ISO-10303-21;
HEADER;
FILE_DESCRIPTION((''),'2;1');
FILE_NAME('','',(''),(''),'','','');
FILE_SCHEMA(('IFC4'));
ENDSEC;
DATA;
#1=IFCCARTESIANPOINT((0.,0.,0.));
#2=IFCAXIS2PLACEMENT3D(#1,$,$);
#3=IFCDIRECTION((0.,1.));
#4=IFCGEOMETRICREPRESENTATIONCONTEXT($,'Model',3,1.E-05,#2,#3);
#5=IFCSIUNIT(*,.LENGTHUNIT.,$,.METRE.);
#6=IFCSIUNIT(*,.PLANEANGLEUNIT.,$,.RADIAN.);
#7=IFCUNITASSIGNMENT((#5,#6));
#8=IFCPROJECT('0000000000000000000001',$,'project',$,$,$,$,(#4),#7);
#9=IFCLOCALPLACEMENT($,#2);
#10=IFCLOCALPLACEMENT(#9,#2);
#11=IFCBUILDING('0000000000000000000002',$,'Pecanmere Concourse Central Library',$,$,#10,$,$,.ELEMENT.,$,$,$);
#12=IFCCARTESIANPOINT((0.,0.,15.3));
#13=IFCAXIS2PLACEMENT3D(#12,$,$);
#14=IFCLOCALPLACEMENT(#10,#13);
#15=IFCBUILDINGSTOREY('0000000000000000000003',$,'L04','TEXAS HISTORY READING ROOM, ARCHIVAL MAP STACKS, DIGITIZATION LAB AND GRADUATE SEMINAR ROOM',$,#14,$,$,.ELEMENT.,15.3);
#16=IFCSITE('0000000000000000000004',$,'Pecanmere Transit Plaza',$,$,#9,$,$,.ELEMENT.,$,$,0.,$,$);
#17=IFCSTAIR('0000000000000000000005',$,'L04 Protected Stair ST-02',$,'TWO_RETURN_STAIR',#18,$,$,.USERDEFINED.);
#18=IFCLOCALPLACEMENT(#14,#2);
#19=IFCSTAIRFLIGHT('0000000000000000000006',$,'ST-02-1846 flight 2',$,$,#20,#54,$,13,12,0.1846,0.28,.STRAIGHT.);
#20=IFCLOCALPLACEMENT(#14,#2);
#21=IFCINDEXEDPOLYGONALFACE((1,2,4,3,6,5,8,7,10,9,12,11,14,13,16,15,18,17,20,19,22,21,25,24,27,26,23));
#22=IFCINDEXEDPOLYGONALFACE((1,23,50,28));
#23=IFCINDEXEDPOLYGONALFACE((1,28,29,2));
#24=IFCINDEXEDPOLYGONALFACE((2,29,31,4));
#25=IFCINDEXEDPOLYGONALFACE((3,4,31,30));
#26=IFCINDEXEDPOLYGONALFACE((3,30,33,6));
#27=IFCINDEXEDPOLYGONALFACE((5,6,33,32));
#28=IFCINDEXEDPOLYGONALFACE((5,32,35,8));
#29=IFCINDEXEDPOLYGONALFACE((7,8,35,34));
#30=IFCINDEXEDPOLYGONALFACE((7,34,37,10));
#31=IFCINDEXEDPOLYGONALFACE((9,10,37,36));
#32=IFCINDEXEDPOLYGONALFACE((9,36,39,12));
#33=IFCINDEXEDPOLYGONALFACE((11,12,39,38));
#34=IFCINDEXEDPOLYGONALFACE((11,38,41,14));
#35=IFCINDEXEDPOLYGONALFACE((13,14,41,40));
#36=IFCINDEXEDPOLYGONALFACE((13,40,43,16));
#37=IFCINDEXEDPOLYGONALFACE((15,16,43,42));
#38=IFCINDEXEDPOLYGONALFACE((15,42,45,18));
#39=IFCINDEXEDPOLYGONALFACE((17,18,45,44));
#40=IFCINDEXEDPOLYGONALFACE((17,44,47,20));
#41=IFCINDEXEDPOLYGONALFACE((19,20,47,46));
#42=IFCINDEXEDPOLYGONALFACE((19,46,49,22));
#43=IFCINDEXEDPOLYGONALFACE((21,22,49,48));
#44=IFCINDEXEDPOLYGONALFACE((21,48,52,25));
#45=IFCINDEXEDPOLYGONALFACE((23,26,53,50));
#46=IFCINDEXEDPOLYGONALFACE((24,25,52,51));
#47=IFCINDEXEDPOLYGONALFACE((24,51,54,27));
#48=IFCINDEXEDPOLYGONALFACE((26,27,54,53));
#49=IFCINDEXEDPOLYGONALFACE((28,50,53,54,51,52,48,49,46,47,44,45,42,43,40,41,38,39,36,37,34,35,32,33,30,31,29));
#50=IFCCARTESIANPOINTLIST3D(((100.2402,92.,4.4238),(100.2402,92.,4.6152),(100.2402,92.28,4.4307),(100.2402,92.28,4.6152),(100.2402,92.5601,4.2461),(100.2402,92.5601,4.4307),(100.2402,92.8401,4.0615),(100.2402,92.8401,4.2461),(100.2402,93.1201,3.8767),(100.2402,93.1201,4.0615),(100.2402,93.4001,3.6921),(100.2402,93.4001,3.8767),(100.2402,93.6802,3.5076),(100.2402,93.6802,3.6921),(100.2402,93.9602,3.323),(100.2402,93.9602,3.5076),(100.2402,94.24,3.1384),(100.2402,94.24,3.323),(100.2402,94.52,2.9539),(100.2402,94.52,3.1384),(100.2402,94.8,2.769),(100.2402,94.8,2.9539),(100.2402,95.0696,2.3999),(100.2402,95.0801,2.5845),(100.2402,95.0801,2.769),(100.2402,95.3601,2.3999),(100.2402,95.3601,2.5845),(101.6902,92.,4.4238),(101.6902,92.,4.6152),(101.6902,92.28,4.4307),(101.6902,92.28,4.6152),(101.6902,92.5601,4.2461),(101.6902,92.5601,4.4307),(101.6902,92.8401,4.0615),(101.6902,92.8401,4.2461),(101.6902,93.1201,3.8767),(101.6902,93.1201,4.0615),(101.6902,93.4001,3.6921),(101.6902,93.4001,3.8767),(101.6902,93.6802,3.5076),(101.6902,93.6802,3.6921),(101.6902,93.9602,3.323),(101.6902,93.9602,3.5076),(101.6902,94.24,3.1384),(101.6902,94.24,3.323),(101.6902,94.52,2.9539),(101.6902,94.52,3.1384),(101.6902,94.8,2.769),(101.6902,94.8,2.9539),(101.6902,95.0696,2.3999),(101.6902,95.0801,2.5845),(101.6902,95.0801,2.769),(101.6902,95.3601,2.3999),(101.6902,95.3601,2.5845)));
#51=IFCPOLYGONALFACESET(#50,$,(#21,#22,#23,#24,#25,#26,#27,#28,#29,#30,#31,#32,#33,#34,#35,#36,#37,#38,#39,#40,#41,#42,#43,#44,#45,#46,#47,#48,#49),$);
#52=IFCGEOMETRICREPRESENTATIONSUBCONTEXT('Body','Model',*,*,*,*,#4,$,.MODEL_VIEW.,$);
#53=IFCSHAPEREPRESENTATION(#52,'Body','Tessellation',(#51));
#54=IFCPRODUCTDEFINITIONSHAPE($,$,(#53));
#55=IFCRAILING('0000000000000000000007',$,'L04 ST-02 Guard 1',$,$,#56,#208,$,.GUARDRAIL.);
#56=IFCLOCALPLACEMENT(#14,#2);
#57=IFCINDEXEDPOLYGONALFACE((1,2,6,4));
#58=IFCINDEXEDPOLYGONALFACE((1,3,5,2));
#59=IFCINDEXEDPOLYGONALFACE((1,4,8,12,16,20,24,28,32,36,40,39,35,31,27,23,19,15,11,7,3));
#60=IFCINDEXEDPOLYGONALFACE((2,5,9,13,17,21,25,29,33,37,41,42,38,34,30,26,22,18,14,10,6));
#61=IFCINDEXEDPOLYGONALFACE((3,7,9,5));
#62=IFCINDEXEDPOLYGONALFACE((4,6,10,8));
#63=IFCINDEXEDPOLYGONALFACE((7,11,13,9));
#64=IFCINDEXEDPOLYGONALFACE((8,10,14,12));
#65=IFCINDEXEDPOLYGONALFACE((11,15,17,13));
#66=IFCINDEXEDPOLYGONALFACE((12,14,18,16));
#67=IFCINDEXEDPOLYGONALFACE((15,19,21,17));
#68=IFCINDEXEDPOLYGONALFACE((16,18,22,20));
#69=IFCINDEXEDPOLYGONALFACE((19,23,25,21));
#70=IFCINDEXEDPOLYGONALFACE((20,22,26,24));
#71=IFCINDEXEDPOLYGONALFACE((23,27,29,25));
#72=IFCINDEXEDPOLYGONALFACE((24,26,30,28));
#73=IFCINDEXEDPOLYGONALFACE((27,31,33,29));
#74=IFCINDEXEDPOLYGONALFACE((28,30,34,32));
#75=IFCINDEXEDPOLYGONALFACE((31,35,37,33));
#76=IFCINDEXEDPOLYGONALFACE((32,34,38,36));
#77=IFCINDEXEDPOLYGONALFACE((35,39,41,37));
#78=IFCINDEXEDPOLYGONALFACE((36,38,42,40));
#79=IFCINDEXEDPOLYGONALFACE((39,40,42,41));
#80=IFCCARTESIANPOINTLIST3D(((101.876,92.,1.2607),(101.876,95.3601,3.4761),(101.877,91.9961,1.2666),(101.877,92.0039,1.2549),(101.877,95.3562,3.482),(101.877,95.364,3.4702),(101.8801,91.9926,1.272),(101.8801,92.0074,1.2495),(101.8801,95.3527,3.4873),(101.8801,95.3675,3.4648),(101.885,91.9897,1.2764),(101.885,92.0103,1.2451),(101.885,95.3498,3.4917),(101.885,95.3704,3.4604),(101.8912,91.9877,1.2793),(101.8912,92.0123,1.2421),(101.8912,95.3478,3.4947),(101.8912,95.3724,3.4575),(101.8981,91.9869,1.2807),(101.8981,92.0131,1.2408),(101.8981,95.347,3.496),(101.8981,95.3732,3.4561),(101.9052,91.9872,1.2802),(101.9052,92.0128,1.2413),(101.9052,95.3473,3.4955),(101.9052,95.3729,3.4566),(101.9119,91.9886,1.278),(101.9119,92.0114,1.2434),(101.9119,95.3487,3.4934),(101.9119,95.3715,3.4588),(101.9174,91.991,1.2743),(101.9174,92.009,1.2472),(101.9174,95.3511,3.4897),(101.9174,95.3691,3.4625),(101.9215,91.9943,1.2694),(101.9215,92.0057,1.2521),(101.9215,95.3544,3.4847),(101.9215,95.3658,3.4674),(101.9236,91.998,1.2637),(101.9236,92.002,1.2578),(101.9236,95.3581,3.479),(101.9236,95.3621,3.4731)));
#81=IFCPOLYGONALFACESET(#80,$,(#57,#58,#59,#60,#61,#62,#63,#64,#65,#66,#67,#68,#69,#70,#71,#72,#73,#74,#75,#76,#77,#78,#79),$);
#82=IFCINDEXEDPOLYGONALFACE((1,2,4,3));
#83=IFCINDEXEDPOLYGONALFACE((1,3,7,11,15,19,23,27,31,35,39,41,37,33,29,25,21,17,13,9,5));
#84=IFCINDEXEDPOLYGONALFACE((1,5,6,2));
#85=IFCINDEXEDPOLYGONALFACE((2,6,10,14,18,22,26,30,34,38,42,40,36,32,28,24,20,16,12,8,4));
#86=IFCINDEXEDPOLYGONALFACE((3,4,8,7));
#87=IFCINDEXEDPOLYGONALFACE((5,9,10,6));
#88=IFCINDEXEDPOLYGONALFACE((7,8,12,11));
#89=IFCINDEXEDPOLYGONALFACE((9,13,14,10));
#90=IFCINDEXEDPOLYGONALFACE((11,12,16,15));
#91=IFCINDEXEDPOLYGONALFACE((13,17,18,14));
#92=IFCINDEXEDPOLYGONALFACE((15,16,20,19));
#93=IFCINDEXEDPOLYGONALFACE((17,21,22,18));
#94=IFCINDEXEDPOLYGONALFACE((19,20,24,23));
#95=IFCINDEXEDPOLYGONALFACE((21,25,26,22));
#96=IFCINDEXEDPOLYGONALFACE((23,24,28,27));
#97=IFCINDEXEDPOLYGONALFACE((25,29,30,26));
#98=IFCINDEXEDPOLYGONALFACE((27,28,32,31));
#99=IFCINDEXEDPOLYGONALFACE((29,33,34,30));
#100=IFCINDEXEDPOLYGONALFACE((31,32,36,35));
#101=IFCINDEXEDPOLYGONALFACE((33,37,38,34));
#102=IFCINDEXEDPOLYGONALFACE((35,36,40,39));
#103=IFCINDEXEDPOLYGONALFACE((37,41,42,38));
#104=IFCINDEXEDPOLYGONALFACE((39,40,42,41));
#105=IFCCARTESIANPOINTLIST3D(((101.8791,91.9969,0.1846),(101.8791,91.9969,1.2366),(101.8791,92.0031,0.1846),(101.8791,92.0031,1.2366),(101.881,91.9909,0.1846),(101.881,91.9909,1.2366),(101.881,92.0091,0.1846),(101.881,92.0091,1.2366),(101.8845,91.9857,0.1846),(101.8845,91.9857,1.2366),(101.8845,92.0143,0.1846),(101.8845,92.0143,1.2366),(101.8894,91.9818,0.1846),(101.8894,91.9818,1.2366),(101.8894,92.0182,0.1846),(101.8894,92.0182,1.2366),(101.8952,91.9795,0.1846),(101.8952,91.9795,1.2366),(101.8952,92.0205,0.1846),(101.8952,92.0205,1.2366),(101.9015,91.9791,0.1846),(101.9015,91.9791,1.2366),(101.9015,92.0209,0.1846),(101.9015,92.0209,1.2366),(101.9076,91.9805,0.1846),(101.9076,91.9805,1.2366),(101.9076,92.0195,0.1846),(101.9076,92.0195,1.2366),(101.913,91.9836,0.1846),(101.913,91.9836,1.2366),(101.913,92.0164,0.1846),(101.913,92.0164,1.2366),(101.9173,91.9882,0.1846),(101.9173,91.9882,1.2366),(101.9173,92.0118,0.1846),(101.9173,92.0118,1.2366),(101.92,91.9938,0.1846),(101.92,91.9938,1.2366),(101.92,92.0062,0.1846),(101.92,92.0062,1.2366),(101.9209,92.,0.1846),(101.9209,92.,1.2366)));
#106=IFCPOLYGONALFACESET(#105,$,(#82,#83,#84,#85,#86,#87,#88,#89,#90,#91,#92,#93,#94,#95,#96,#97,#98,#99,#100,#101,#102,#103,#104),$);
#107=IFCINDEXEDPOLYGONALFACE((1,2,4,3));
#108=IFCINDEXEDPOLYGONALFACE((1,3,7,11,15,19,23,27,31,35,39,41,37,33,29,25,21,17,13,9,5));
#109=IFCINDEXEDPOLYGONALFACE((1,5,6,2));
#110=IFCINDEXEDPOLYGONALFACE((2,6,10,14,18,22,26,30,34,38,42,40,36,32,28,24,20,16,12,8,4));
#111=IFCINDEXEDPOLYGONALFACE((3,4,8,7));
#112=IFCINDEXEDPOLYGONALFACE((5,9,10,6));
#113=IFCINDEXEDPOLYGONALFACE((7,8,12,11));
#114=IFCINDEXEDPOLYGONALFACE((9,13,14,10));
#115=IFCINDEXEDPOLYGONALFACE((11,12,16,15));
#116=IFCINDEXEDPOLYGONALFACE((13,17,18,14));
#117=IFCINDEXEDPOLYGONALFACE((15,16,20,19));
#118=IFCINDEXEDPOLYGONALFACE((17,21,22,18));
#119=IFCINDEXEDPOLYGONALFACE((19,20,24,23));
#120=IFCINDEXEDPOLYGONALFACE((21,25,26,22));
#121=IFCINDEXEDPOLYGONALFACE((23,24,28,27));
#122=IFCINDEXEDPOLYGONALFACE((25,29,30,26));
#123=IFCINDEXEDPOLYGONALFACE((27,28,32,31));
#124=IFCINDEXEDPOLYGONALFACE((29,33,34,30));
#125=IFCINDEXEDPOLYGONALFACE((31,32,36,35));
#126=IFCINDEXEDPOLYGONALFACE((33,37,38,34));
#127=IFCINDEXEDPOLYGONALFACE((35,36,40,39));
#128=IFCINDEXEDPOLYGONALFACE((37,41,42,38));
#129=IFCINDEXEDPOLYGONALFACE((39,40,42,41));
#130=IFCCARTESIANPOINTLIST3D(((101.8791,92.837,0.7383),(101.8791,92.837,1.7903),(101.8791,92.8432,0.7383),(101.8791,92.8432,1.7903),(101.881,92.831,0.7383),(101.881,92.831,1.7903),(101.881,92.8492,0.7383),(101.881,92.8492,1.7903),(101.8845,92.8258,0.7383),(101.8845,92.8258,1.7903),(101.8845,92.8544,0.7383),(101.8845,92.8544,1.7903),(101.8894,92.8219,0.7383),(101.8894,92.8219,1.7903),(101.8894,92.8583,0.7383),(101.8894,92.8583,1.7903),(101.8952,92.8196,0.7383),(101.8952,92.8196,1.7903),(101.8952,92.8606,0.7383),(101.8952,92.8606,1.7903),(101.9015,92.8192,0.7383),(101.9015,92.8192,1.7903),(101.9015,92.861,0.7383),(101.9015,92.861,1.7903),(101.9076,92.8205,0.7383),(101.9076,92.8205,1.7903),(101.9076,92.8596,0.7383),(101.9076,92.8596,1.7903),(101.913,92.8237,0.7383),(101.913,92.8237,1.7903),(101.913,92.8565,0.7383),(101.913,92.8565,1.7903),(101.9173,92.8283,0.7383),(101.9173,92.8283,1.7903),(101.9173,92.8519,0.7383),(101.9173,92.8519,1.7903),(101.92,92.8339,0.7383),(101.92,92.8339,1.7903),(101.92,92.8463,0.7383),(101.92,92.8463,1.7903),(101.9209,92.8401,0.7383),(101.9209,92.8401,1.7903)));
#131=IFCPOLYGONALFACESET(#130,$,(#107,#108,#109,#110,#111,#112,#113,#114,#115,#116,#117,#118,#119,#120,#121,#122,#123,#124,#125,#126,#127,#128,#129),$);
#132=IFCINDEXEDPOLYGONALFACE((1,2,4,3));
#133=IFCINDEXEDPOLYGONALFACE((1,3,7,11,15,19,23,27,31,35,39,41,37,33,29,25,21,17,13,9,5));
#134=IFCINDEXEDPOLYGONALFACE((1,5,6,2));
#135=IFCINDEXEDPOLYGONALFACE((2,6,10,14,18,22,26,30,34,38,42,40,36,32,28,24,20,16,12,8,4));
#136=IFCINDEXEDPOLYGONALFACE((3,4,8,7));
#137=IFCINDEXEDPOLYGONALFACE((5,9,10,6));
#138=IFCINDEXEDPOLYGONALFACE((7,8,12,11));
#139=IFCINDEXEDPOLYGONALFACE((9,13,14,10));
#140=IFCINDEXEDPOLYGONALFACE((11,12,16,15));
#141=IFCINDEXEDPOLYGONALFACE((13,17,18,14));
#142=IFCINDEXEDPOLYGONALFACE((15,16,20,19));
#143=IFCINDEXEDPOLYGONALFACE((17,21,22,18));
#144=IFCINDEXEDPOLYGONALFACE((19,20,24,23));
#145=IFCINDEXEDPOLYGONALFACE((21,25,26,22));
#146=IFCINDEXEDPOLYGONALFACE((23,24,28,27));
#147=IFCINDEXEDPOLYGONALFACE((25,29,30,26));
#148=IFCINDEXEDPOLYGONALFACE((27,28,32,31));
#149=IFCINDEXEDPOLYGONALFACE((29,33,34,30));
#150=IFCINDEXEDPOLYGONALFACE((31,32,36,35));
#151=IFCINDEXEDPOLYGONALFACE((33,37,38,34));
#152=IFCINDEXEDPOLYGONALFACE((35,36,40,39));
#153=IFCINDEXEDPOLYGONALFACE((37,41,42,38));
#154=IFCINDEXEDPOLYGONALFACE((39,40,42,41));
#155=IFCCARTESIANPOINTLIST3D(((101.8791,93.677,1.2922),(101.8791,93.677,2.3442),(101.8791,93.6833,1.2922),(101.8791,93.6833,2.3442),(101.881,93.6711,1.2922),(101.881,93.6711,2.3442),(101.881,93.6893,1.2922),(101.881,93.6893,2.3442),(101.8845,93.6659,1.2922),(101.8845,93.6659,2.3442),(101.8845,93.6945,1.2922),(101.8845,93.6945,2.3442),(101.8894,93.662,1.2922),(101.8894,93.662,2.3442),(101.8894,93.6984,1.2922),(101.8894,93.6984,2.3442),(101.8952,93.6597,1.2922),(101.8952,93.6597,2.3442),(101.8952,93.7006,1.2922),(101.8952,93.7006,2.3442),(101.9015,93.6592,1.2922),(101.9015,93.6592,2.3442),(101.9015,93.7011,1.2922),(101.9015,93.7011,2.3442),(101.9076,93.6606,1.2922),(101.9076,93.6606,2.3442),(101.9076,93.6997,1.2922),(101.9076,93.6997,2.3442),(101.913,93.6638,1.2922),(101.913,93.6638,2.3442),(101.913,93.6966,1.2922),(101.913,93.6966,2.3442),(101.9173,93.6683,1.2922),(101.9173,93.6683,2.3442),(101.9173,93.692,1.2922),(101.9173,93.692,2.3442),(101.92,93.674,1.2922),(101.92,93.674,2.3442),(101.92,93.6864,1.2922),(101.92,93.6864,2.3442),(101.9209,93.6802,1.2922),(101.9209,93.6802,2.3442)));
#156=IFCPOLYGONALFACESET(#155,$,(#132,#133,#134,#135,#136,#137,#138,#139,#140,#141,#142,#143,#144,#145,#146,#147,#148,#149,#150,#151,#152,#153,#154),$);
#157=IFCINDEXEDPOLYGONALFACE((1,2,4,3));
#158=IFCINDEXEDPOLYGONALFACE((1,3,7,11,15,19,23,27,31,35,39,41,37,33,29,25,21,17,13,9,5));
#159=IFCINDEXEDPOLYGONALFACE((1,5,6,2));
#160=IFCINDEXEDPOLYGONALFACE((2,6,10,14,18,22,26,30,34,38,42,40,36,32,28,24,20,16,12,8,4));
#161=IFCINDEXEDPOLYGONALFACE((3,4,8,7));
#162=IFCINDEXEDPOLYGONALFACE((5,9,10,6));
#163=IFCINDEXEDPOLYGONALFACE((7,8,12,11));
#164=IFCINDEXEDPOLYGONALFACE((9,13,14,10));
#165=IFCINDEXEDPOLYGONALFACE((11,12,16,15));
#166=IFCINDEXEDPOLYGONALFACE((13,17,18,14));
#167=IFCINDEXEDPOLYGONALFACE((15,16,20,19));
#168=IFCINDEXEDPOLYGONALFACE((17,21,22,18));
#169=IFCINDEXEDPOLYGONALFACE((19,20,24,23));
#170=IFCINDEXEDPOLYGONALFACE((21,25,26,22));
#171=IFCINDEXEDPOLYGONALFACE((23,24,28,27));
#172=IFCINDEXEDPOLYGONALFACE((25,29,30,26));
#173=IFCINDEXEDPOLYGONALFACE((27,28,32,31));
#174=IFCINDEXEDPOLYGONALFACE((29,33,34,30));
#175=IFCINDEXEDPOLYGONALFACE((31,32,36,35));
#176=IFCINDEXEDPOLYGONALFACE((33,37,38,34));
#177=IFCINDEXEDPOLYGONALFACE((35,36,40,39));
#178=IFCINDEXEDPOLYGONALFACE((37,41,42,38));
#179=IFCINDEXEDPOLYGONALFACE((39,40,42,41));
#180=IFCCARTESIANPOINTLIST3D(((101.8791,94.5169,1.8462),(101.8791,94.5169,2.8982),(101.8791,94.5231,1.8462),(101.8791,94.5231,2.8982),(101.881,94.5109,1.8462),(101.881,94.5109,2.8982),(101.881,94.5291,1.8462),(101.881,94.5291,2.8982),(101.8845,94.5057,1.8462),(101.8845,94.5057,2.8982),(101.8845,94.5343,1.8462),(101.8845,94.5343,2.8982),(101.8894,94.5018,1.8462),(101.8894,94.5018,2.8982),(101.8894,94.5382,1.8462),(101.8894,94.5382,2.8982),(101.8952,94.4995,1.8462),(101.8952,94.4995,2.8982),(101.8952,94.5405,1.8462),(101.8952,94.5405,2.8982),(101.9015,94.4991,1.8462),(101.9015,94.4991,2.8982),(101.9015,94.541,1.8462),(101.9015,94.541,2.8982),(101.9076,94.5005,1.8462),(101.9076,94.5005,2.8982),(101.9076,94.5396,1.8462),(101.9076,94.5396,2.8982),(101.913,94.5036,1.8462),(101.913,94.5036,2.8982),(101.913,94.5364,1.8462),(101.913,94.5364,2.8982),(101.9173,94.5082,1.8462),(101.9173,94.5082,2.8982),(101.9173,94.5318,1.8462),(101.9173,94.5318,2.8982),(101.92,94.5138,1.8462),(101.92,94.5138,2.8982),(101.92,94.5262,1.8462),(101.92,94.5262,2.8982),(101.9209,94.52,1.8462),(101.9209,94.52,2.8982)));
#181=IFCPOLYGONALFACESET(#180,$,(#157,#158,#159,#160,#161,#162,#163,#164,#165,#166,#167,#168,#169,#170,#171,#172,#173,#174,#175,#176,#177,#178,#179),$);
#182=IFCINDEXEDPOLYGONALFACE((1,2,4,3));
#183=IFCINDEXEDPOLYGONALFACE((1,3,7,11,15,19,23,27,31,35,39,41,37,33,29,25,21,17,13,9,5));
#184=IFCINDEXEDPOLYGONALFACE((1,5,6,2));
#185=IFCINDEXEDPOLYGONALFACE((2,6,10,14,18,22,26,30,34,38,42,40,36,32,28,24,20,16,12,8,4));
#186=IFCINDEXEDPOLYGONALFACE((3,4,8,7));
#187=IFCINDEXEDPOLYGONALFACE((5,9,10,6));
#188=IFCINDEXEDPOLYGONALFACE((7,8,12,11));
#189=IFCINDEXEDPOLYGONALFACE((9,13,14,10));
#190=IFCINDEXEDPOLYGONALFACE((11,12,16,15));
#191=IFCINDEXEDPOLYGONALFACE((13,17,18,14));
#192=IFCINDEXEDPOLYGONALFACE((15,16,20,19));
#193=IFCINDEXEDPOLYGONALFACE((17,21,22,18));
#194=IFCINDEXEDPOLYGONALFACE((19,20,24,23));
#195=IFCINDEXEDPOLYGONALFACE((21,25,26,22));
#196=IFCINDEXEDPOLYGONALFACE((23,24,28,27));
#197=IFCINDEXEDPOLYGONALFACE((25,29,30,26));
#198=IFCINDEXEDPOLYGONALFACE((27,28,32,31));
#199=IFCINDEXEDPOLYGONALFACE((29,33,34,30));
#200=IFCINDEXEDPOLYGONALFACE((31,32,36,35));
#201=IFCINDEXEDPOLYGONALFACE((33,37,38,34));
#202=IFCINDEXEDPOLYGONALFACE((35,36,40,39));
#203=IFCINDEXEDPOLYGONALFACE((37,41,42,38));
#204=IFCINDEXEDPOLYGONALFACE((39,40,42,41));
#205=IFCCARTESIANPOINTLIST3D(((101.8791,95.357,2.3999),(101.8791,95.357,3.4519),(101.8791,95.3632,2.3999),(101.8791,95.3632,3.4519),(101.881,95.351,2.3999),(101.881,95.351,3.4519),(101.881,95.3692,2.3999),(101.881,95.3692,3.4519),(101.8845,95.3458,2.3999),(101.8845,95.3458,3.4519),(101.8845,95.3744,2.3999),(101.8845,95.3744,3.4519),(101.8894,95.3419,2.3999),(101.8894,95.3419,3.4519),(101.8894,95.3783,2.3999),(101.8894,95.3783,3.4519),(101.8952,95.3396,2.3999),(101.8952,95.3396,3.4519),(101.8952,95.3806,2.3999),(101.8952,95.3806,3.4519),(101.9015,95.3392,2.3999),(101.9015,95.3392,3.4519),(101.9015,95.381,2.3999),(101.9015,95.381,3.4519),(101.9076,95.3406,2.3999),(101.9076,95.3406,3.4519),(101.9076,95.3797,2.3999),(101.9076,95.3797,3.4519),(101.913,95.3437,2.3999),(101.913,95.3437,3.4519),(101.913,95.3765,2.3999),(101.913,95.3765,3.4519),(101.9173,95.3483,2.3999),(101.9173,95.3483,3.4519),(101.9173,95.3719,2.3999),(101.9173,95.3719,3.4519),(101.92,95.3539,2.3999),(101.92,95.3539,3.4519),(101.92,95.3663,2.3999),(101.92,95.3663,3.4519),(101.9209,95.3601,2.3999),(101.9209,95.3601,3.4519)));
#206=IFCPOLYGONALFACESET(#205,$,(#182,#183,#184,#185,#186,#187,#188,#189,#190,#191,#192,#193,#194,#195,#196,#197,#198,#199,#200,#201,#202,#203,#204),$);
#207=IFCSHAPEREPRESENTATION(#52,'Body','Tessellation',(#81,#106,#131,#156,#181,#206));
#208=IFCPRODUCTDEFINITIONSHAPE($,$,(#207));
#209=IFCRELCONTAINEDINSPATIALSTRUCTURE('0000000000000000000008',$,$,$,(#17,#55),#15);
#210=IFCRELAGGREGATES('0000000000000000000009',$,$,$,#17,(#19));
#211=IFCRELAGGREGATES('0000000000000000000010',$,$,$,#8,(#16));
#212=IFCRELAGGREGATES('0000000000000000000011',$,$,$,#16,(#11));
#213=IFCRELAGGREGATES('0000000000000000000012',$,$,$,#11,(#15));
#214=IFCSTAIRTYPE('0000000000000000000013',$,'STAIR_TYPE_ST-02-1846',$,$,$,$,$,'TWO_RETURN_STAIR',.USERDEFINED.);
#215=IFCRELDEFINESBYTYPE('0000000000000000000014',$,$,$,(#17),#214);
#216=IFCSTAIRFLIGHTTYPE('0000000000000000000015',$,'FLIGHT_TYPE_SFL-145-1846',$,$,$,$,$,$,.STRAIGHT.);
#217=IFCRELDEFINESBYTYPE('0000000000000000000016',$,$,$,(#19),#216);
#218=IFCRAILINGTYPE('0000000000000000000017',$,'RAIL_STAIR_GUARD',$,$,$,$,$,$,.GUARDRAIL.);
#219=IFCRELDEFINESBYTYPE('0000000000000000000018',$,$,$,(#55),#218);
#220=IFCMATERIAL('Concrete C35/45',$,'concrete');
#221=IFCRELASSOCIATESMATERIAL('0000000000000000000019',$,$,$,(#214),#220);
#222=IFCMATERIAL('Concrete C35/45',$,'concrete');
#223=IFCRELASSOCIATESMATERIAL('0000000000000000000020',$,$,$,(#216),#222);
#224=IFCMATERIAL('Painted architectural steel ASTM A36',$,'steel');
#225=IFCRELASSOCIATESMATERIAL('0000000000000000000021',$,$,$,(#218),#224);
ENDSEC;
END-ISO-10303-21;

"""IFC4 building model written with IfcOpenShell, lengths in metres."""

from ifc_helpers import new_model, si_unit, direction, frame, origin, origin_2d, place, context, subcontext, project, spatial, polyline, circle, outline, extrude, material, type_object, element, aggregate, save


model = new_model("IFC4")

# Units and contexts
model_context = context("Model", 3, precision=1e-05, world=origin(), true_north=direction((0.0, 1.0)))
body_context = subcontext(model_context, "Body", "Model", "MODEL_VIEW")
ifc_project = project(units=[si_unit("LENGTHUNIT", "METRE"), si_unit("PLANEANGLEUNIT", "RADIAN")], contexts=[model_context])

# Site, building, storey
site_placement = place(None, origin())
site = spatial("IfcSite", under=ifc_project, at=site_placement, Name="Pecanmere Transit Plaza", CompositionType="ELEMENT", RefElevation=0.0)
building_placement = place(site_placement, origin())
building = spatial("IfcBuilding", under=site, at=building_placement, Name="Pecanmere Concourse Central Library", CompositionType="ELEMENT")
storey_placement = place(building_placement, frame((0.0, 0.0, 15.3)))
storey = spatial("IfcBuildingStorey", under=building, at=storey_placement, Name="L04", Description="TEXAS HISTORY READING ROOM, ARCHIVAL MAP STACKS, DIGITIZATION LAB AND GRADUATE SEMINAR ROOM", CompositionType="ELEMENT", Elevation=15.3)

# Stair, stair flight
ifc_material_1 = material(Name="Concrete C35/45", Category="concrete")
stair_type = type_object("IfcStairType", Name="STAIR_TYPE_ST-02-1846", ElementType="TWO_RETURN_STAIR", PredefinedType="USERDEFINED", material=ifc_material_1)
stair_placement = place(storey_placement, origin())
stair = element("IfcStair", 1, at=stair_placement, inside=storey, type_object=stair_type, Name="L04 Protected Stair ST-02", ObjectType="TWO_RETURN_STAIR", PredefinedType="USERDEFINED")
ifc_material_2 = material(Name="Concrete C35/45", Category="concrete")
stair_flight_type = type_object("IfcStairFlightType", Name="FLIGHT_TYPE_SFL-145-1846", PredefinedType="STRAIGHT", material=ifc_material_2)
stair_flight_1_placement = place(storey_placement, frame((100.9651, 95.3601, 2.3999), z_axis=(0.0, 0.0, 1.0), x_axis=(0.0, -1.0, 0.0)))
stair_flight_1 = element("IfcStairFlight", 2, at=stair_flight_1_placement, type_object=stair_flight_type, Name="ST-02-1846 flight 2", NumberOfRisers=13, NumberOfTreads=12, PredefinedType="STRAIGHT", RiserHeight=0.1846, TreadLength=0.28, context=body_context, shape_type="SweptSolid", body=[
    extrude(outline(polyline([(0.0, 0.0), (0.0, 0.1846), (0.28, 0.1846), (0.28, 0.3691), (0.5601, 0.3691), (0.5601, 0.554), (0.8401, 0.554), (0.8401, 0.7385), (1.1201, 0.7385), (1.1201, 0.9231), (1.3999, 0.9231), (1.3999, 1.1077), (1.6799, 1.1077), (1.6799, 1.2922), (1.96, 1.2922), (1.96, 1.4768), (2.24, 1.4768), (2.24, 1.6616), (2.52, 1.6616), (2.52, 1.8462), (2.8, 1.8462), (2.8, 2.0308), (3.0801, 2.0308), (3.0801, 2.2153), (3.3601, 2.2153), (3.3601, 2.3999), (3.3601, 2.0239), (0.2905, 0.0), (0.0, 0.0)])), frame((0.0, 0.7251, 0.0), z_axis=(0.0, -1.0, 0.0), x_axis=(1.0, 0.0, 0.0)), (0.0, 0.0, 1.0), 1.45),
])
aggregate(stair, [stair_flight_1])

# Railing
ifc_material_3 = material(Name="Painted architectural steel ASTM A36", Category="steel")
railing_type_1 = type_object("IfcRailingType", Name="RAIL_STAIR_GUARD", PredefinedType="GUARDRAIL", material=ifc_material_3)
railing_1_placement = place(storey_placement, frame((101.8999, 92.0, 0.1846)))
element("IfcRailing", 3, at=railing_1_placement, inside=storey, type_object=railing_type_1, Name="L04 ST-02 Guard 1", PredefinedType="GUARDRAIL", context=body_context, shape_type="SweptSolid", body=[
    extrude(circle(Radius=0.0239, at=origin_2d()), frame((0.0, 0.0, 1.0762), z_axis=(0.0, 0.834876, 0.550437), x_axis=(-1.0, 0.0, 0.0)), (0.0, 0.0, 1.0), 4.0247),
    extrude(circle(Radius=0.021, at=origin_2d()), origin(), (0.0, 0.0, 1.0), 1.052),
    extrude(circle(Radius=0.021, at=origin_2d()), frame((0.0, 0.8401, 0.5537)), (0.0, 0.0, 1.0), 1.052),
    extrude(circle(Radius=0.021, at=origin_2d()), frame((0.0, 1.6802, 1.1077)), (0.0, 0.0, 1.0), 1.052),
    extrude(circle(Radius=0.021, at=origin_2d()), frame((0.0, 2.52, 1.6616)), (0.0, 0.0, 1.0), 1.052),
    extrude(circle(Radius=0.021, at=origin_2d()), frame((0.0, 3.3601, 2.2153)), (0.0, 0.0, 1.0), 1.052),
])

save(model, "model.ifc")
